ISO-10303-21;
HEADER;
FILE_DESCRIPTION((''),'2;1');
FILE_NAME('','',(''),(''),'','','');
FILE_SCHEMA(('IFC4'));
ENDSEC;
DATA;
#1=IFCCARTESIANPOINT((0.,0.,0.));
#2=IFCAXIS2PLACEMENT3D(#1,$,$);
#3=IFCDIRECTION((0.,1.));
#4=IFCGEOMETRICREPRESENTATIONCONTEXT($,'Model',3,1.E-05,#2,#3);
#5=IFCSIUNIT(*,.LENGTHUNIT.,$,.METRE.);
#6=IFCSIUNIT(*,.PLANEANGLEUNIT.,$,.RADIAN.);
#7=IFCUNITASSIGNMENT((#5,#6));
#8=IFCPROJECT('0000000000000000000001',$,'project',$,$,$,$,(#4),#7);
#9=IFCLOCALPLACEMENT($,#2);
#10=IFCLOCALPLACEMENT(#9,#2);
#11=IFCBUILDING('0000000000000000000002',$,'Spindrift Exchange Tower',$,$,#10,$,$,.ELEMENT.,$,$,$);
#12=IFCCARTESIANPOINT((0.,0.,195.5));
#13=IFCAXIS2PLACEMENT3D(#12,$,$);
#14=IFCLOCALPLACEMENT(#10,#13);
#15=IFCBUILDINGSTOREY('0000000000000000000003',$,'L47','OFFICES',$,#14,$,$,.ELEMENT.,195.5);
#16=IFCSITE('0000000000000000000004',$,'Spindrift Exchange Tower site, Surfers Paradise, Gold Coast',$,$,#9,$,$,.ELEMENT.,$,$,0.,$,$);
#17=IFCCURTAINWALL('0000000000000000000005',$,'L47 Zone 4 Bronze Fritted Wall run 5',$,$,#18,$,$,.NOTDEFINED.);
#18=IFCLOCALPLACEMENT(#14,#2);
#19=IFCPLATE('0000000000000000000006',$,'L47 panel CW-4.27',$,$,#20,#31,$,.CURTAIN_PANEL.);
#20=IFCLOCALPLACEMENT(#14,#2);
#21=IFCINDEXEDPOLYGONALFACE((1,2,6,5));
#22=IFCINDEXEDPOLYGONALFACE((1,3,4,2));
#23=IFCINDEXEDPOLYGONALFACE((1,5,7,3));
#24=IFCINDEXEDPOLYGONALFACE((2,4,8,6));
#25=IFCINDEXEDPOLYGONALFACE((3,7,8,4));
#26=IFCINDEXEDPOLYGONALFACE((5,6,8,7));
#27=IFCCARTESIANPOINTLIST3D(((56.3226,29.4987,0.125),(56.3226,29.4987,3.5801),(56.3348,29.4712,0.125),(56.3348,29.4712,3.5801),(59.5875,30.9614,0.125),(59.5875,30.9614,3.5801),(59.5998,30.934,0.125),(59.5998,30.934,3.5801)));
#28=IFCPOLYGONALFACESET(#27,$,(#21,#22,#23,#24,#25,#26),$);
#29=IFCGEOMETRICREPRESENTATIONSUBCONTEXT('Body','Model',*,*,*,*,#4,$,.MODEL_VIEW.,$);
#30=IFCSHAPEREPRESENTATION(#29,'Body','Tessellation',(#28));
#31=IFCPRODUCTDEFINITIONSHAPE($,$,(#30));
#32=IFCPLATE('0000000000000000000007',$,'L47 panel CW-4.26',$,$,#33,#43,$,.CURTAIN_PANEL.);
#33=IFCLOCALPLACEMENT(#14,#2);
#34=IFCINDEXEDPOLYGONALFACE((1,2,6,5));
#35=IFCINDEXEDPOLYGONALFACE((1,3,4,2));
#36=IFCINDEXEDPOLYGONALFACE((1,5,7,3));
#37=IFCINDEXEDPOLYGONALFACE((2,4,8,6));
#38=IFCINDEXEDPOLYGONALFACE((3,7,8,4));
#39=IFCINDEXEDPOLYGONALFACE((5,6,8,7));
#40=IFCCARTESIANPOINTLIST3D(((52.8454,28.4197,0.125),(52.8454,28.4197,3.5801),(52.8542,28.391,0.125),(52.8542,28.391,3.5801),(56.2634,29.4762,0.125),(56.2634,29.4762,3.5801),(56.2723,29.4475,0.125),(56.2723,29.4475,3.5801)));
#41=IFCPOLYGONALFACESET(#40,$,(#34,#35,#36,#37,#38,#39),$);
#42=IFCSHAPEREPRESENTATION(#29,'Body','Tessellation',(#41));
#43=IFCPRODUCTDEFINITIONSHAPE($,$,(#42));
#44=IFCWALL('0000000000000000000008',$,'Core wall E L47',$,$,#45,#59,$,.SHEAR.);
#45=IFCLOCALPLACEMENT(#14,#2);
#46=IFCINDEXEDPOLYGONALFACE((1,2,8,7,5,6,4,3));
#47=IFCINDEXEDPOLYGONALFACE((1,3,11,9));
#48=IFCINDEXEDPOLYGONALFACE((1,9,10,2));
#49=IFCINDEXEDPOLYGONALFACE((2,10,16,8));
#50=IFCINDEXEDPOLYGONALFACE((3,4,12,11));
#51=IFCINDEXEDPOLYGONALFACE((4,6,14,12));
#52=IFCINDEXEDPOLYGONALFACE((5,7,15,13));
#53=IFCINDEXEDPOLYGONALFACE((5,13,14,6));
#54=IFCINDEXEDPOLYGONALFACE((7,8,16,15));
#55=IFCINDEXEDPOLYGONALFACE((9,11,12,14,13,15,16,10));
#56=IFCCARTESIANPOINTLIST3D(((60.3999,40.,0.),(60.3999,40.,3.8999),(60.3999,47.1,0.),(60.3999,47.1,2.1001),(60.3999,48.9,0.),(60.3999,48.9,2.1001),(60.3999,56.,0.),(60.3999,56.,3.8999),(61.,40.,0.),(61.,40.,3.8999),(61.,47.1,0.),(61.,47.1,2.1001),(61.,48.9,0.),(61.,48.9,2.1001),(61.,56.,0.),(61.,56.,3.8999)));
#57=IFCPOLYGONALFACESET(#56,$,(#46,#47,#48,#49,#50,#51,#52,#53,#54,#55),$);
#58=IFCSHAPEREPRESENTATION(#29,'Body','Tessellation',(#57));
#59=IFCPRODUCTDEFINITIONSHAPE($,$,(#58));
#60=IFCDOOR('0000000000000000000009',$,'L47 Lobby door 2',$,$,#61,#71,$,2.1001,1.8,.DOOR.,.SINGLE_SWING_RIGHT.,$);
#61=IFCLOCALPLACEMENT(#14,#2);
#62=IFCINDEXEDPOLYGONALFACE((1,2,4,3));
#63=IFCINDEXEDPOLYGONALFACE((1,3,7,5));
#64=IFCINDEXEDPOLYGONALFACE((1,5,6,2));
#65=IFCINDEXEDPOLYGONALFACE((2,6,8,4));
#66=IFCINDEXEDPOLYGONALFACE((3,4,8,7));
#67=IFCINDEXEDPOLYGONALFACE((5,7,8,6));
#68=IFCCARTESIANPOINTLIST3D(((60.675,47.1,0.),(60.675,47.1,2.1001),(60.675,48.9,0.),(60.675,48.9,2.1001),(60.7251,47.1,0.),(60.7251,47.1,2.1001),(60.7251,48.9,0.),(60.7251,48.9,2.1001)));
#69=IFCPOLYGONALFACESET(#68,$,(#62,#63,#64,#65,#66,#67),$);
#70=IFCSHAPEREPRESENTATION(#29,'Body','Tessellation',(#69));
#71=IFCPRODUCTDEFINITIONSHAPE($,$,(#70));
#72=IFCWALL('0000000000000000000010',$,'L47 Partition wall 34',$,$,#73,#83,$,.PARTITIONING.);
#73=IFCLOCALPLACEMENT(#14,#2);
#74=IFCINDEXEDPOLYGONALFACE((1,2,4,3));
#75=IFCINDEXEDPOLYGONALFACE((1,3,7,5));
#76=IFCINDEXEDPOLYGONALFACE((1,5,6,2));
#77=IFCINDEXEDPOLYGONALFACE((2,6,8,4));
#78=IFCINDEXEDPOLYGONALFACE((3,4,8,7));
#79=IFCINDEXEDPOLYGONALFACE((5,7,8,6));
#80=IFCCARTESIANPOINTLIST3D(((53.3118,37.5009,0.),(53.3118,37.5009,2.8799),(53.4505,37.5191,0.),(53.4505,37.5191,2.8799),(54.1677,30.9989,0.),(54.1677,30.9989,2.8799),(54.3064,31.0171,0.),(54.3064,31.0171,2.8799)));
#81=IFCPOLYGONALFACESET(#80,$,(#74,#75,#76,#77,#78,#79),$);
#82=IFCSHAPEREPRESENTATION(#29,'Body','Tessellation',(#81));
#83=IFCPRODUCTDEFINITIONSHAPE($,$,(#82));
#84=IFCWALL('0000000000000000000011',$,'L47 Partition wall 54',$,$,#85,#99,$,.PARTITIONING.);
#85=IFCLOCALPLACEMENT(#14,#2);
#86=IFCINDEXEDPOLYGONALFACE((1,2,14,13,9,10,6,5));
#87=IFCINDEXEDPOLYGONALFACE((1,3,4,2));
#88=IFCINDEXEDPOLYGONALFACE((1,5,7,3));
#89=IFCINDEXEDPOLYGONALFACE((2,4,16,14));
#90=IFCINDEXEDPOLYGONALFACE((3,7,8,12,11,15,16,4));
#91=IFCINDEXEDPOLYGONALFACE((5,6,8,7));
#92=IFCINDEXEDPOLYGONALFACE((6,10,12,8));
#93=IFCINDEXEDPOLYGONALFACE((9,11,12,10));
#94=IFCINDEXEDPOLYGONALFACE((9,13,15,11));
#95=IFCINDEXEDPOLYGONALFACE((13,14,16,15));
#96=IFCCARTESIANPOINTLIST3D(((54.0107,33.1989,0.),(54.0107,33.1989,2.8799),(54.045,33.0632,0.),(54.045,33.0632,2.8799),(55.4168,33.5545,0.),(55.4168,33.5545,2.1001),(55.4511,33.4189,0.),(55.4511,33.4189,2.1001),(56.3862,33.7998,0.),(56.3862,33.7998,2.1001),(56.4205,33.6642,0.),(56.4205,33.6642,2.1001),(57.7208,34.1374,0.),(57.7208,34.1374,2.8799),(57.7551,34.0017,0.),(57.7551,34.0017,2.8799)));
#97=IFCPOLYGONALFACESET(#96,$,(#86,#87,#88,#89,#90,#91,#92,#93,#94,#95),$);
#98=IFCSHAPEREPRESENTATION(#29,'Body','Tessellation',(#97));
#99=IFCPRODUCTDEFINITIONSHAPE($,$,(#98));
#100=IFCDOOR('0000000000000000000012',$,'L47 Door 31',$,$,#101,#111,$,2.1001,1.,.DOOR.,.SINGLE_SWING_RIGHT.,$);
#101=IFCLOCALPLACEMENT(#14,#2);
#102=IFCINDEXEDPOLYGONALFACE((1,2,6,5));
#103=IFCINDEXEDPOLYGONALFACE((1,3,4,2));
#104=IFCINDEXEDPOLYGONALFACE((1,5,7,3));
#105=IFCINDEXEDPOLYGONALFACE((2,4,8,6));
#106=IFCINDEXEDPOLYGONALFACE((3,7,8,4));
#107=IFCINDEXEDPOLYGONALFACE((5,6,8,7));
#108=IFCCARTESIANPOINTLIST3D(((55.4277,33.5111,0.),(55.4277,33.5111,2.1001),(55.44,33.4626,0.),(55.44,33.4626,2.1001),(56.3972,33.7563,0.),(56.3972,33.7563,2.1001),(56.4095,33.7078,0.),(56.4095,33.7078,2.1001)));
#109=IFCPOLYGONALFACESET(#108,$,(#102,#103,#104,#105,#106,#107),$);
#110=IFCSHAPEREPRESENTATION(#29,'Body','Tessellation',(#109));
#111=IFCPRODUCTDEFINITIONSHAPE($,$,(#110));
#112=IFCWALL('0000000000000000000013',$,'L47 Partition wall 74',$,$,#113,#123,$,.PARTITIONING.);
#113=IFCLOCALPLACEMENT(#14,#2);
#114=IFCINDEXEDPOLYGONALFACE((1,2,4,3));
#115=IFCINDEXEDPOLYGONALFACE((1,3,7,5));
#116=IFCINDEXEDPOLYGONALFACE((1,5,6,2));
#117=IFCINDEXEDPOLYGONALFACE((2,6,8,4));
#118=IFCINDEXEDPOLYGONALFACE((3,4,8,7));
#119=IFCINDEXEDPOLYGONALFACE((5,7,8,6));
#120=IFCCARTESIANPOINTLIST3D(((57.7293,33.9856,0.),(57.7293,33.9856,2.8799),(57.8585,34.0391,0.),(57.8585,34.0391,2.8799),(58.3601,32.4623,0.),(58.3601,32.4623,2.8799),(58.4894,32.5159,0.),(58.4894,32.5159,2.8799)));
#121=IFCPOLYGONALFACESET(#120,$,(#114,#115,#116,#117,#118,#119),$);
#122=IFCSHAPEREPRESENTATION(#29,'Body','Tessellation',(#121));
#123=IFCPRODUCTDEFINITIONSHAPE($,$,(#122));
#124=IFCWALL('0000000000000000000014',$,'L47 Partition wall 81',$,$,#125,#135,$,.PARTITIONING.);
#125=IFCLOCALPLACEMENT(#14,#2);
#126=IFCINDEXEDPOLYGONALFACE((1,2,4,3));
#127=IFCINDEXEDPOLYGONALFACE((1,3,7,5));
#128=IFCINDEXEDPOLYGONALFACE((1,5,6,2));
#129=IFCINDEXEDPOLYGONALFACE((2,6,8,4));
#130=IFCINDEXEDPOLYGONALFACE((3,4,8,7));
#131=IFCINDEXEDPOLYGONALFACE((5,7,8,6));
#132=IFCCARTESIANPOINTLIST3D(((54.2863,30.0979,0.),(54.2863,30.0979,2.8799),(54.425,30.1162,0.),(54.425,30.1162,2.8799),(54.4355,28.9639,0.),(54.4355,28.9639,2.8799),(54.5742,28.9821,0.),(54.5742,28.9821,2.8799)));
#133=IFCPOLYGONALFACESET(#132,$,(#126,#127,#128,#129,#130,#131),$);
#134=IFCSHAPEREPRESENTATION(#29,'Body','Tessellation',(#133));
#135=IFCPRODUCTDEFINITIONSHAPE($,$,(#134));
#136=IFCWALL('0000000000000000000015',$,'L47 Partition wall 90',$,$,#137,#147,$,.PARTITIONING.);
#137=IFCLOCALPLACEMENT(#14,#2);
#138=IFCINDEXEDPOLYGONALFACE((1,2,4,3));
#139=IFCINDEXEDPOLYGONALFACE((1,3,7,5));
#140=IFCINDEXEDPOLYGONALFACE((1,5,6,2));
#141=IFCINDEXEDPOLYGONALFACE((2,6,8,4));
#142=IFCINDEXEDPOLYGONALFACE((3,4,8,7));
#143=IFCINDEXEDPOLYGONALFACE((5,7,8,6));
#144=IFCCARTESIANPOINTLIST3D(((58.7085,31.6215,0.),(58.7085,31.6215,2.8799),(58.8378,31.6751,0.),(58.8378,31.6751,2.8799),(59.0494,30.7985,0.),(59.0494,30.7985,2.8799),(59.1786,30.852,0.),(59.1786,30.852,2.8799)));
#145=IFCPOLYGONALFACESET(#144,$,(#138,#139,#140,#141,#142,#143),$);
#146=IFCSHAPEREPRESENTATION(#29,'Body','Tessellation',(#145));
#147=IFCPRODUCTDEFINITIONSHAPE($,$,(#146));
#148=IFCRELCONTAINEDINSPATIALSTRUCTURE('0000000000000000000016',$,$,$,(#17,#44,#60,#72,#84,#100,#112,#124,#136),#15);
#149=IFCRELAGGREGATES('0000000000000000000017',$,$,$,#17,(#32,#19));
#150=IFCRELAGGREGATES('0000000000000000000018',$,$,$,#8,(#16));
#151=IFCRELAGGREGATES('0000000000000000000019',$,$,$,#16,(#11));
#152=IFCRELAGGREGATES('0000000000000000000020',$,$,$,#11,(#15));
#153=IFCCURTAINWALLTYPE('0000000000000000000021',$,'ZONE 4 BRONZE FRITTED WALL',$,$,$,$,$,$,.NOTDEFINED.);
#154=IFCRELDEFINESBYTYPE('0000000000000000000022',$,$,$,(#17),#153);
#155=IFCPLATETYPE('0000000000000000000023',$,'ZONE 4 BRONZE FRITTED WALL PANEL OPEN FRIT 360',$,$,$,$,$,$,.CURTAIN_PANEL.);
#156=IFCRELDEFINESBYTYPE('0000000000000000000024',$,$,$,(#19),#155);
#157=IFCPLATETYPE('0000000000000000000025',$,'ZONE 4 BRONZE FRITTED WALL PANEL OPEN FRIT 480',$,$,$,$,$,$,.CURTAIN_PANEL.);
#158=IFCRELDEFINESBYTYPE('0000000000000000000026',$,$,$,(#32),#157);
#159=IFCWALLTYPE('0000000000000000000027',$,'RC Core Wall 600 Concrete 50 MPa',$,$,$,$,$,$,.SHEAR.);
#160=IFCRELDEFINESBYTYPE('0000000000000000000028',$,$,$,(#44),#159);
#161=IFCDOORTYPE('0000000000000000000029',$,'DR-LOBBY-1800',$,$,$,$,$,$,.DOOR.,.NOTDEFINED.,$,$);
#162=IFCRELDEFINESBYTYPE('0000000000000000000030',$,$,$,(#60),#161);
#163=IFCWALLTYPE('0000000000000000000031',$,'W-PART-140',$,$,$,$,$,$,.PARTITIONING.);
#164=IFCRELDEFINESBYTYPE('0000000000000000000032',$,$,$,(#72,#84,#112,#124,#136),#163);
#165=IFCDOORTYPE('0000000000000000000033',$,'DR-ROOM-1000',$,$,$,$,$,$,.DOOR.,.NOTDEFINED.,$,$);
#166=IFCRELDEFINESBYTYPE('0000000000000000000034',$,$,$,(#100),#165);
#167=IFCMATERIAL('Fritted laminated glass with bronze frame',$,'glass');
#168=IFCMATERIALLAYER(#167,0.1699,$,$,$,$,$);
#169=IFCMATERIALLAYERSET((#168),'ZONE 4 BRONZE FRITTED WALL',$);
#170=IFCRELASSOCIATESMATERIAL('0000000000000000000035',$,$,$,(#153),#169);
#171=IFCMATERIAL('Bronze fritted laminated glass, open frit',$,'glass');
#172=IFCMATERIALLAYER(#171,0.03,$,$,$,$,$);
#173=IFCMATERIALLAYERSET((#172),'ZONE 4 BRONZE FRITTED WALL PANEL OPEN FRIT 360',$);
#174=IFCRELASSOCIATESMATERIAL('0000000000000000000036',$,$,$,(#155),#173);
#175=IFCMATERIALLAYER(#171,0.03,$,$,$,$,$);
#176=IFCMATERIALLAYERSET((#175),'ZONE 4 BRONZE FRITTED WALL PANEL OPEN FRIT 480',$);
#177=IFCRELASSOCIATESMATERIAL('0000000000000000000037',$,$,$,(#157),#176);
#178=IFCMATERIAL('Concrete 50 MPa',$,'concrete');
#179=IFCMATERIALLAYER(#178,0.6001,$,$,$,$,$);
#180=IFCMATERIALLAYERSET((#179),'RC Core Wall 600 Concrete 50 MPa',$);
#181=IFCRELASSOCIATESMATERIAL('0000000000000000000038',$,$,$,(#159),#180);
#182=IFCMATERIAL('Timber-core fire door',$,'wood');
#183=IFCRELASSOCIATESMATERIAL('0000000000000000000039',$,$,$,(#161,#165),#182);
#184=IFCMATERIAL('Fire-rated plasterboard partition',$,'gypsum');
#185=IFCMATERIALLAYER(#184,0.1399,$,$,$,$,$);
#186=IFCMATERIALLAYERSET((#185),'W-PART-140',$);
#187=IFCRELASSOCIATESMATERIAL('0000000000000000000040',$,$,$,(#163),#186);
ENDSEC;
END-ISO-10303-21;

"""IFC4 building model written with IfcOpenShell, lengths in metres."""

from ifc_helpers import new_model, si_unit, direction, frame, frame_2d, origin, origin_2d, place, context, subcontext, project, spatial, rectangle, extrude, source, transform, mapped, material, layer, layer_set, type_object, element, fill, aggregate, save


model = new_model("IFC4")

# Units and contexts
model_context = context("Model", 3, precision=1e-05, world=origin(), true_north=direction((0.0, 1.0)))
body_context = subcontext(model_context, "Body", "Model", "MODEL_VIEW")
ifc_project = project(units=[si_unit("LENGTHUNIT", "METRE"), si_unit("PLANEANGLEUNIT", "RADIAN")], contexts=[model_context])

# Site, building, storey
site_placement = place(None, origin())
site = spatial("IfcSite", under=ifc_project, at=site_placement, Name="Spindrift Exchange Tower site, Surfers Paradise, Gold Coast", CompositionType="ELEMENT", RefElevation=0.0)
building_placement = place(site_placement, origin())
building = spatial("IfcBuilding", under=site, at=building_placement, Name="Spindrift Exchange Tower", CompositionType="ELEMENT")
storey_placement = place(building_placement, frame((0.0, 0.0, 195.5)))
storey = spatial("IfcBuildingStorey", under=building, at=storey_placement, Name="L47", Description="OFFICES", CompositionType="ELEMENT", Elevation=195.5)

# Shared definitions
ifc_material_1 = material(Name="Concrete 50 MPa", Category="concrete")

# Curtain wall, plates
ifc_material_2 = material(Name="Fritted laminated glass with bronze frame", Category="glass")
ifc_layer_1 = layer(ifc_material_2, 0.1699)
ifc_layer_set_1 = layer_set([ifc_layer_1], Name="ZONE 4 BRONZE FRITTED WALL")
curtain_wall_type = type_object("IfcCurtainWallType", Name="ZONE 4 BRONZE FRITTED WALL", PredefinedType="NOTDEFINED", material=ifc_layer_set_1)
curtain_wall_placement = place(storey_placement, origin())
curtain_wall = element("IfcCurtainWall", 1, at=curtain_wall_placement, inside=storey, type_object=curtain_wall_type, Name="L47 Zone 4 Bronze Fritted Wall run 5", PredefinedType="NOTDEFINED")
ifc_material_3 = material(Name="Bronze fritted laminated glass, open frit", Category="glass")
ifc_layer_2 = layer(ifc_material_3, 0.03)
ifc_layer_set_2 = layer_set([ifc_layer_2], Name="ZONE 4 BRONZE FRITTED WALL PANEL OPEN FRIT 360")
plate_type_1 = type_object("IfcPlateType", Name="ZONE 4 BRONZE FRITTED WALL PANEL OPEN FRIT 360", PredefinedType="CURTAIN_PANEL", material=ifc_layer_set_2)
shared_shape_1 = source(origin(), body_context, "Body", "SweptSolid", [
    extrude(rectangle(XDim=3.5776, YDim=0.03, at=origin_2d()), origin(), (0.0, 0.0, 1.0), 3.4551),
])
plate_1_placement = place(storey_placement, frame((57.9612, 30.2163, 0.125), z_axis=(0.0, 0.0, 1.0), x_axis=(0.912602, 0.40885, 0.0)))
plate_1 = element("IfcPlate", 2, at=plate_1_placement, type_object=plate_type_1, Name="L47 panel CW-4.27", PredefinedType="CURTAIN_PANEL", context=body_context, shape_type="MappedRepresentation", body=[
    mapped(shared_shape_1, transform((0.0, 0.0, 0.0), scale=1.0)),
])
ifc_layer_3 = layer(ifc_material_3, 0.03)
ifc_layer_set_3 = layer_set([ifc_layer_3], Name="ZONE 4 BRONZE FRITTED WALL PANEL OPEN FRIT 480")
plate_type_2 = type_object("IfcPlateType", Name="ZONE 4 BRONZE FRITTED WALL PANEL OPEN FRIT 480", PredefinedType="CURTAIN_PANEL", material=ifc_layer_set_3)
shared_shape_2 = source(origin(), body_context, "Body", "SweptSolid", [
    extrude(rectangle(XDim=3.5776, YDim=0.03, at=origin_2d()), origin(), (0.0, 0.0, 1.0), 3.4551),
])
plate_2_placement = place(storey_placement, frame((54.5588, 28.9336, 0.125), z_axis=(0.0, 0.0, 1.0), x_axis=(0.9554, 0.295315, 0.0)))
plate_2 = element("IfcPlate", 3, at=plate_2_placement, type_object=plate_type_2, Name="L47 panel CW-4.26", PredefinedType="CURTAIN_PANEL", context=body_context, shape_type="MappedRepresentation", body=[
    mapped(shared_shape_2, transform((0.0, 0.0, 0.0), scale=1.0)),
])
aggregate(curtain_wall, [plate_2, plate_1])

# Wall, opening, door
ifc_layer_4 = layer(ifc_material_1, 0.6001)
ifc_layer_set_4 = layer_set([ifc_layer_4], Name="RC Core Wall 600 Concrete 50 MPa")
wall_type_1 = type_object("IfcWallType", Name="RC Core Wall 600 Concrete 50 MPa", PredefinedType="SHEAR", material=ifc_layer_set_4)
wall_1_placement = place(storey_placement, frame((60.7, 40.0, 0.0), z_axis=(0.0, 0.0, 1.0), x_axis=(0.0, 1.0, 0.0)))
wall_1 = element("IfcWall", 4, at=wall_1_placement, inside=storey, type_object=wall_type_1, Name="Core wall E L47", PredefinedType="SHEAR", context=body_context, shape_type="SweptSolid", body=[
    extrude(rectangle(XDim=16.0, YDim=0.6001, at=frame_2d((8.0, 0.0))), origin(), (0.0, 0.0, 1.0), 3.8999),
])
opening_1_placement = place(wall_1_placement, frame((7.1001, 0.0, 0.0)))
opening_1 = element("IfcOpeningElement", 5, at=opening_1_placement, cuts=wall_1, PredefinedType="OPENING", context=body_context, shape_type="SweptSolid", body=[
    extrude(rectangle(XDim=1.8, YDim=2.1001, at=frame_2d((0.8999, 1.05))), frame((0.0, 0.3101, 0.0), z_axis=(0.0, -1.0, 0.0), x_axis=(1.0, 0.0, 0.0)), (0.0, 0.0, 1.0), 0.6201),
])
ifc_material_4 = material(Name="Timber-core fire door", Category="wood")
door_type_1 = type_object("IfcDoorType", Name="DR-LOBBY-1800", OperationType="NOTDEFINED", PredefinedType="DOOR", material=ifc_material_4)
shared_shape_3 = source(origin(), body_context, "Body", "SweptSolid", [
    extrude(rectangle(XDim=1.8, YDim=2.1001, at=frame_2d((0.8999, 1.05))), frame((0.0, 0.0249, 0.0), z_axis=(0.0, -1.0, 0.0), x_axis=(1.0, 0.0, 0.0)), (0.0, 0.0, 1.0), 0.05),
])
door_1_placement = place(opening_1_placement, origin())
door_1 = element("IfcDoor", 6, at=door_1_placement, inside=storey, type_object=door_type_1, Name="L47 Lobby door 2", OperationType="SINGLE_SWING_RIGHT", OverallHeight=2.1001, OverallWidth=1.8, PredefinedType="DOOR", context=body_context, shape_type="MappedRepresentation", body=[
    mapped(shared_shape_3, transform((0.0, 0.0, 0.0), scale=1.0)),
])
fill(opening_1, door_1)

# Wall
ifc_material_5 = material(Name="Fire-rated plasterboard partition", Category="gypsum")
ifc_layer_5 = layer(ifc_material_5, 0.1399)
ifc_layer_set_5 = layer_set([ifc_layer_5], Name="W-PART-140")
wall_type_2 = type_object("IfcWallType", Name="W-PART-140", PredefinedType="PARTITIONING", material=ifc_layer_set_5)
wall_2_placement = place(storey_placement, frame((53.3811, 37.51, 0.0), z_axis=(0.0, 0.0, 1.0), x_axis=(0.13052, -0.991446, 0.0)))
element("IfcWall", 7, at=wall_2_placement, inside=storey, type_object=wall_type_2, Name="L47 Partition wall 34", PredefinedType="PARTITIONING", context=body_context, shape_type="SweptSolid", body=[
    extrude(rectangle(XDim=6.5581, YDim=0.1399, at=frame_2d((3.2791, 0.0))), origin(), (0.0, 0.0, 1.0), 2.8799),
])

# Wall, opening, door
wall_3_placement = place(storey_placement, frame((57.738, 34.0696, 0.0), z_axis=(0.0, 0.0, 1.0), x_axis=(-0.969463, -0.245237, 0.0)))
wall_3 = element("IfcWall", 8, at=wall_3_placement, inside=storey, type_object=wall_type_2, Name="L47 Partition wall 54", PredefinedType="PARTITIONING", context=body_context, shape_type="SweptSolid", body=[
    extrude(rectangle(XDim=3.8269, YDim=0.1399, at=frame_2d((1.9136, 0.0))), origin(), (0.0, 0.0, 1.0), 2.8799),
])
opening_2_placement = place(wall_3_placement, frame((1.3767, 0.0, 0.0)))
opening_2 = element("IfcOpeningElement", 9, at=opening_2_placement, cuts=wall_3, PredefinedType="OPENING", context=body_context, shape_type="SweptSolid", body=[
    extrude(rectangle(XDim=1.0, YDim=2.1001, at=frame_2d((0.5, 1.05))), frame((0.0, 0.0798, 0.0), z_axis=(0.0, -1.0, 0.0), x_axis=(1.0, 0.0, 0.0)), (0.0, 0.0, 1.0), 0.1599),
])
door_type_2 = type_object("IfcDoorType", Name="DR-ROOM-1000", OperationType="NOTDEFINED", PredefinedType="DOOR", material=ifc_material_4)
shared_shape_4 = source(origin(), body_context, "Body", "SweptSolid", [
    extrude(rectangle(XDim=1.0, YDim=2.1001, at=frame_2d((0.5, 1.05))), frame((0.0, 0.0249, 0.0), z_axis=(0.0, -1.0, 0.0), x_axis=(1.0, 0.0, 0.0)), (0.0, 0.0, 1.0), 0.05),
])
door_2_placement = place(opening_2_placement, origin())
door_2 = element("IfcDoor", 10, at=door_2_placement, inside=storey, type_object=door_type_2, Name="L47 Door 31", OperationType="SINGLE_SWING_RIGHT", OverallHeight=2.1001, OverallWidth=1.0, PredefinedType="DOOR", context=body_context, shape_type="MappedRepresentation", body=[
    mapped(shared_shape_4, transform((0.0, 0.0, 0.0), scale=1.0)),
])
fill(opening_2, door_2)

# Walls
wall_4_placement = place(storey_placement, frame((57.7939, 34.0122, 0.0), z_axis=(0.0, 0.0, 1.0), x_axis=(0.382648, -0.923894, 0.0)))
element("IfcWall", 11, at=wall_4_placement, inside=storey, type_object=wall_type_2, Name="L47 Partition wall 74", PredefinedType="PARTITIONING", context=body_context, shape_type="SweptSolid", body=[
    extrude(rectangle(XDim=1.6487, YDim=0.1399, at=frame_2d((0.8242, 0.0))), origin(), (0.0, 0.0, 1.0), 2.8799),
])
wall_5_placement = place(storey_placement, frame((54.3557, 30.1069, 0.0), z_axis=(0.0, 0.0, 1.0), x_axis=(0.130416, -0.991459, 0.0)))
element("IfcWall", 12, at=wall_5_placement, inside=storey, type_object=wall_type_2, Name="L47 Partition wall 81", PredefinedType="PARTITIONING", context=body_context, shape_type="SweptSolid", body=[
    extrude(rectangle(XDim=1.1438, YDim=0.1399, at=frame_2d((0.5718, 0.0))), origin(), (0.0, 0.0, 1.0), 2.8799),
])
wall_6_placement = place(storey_placement, frame((58.7732, 31.6482, 0.0), z_axis=(0.0, 0.0, 1.0), x_axis=(0.38261, -0.92391, 0.0)))
element("IfcWall", 13, at=wall_6_placement, inside=storey, type_object=wall_type_2, Name="L47 Partition wall 90", PredefinedType="PARTITIONING", context=body_context, shape_type="SweptSolid", body=[
    extrude(rectangle(XDim=0.8909, YDim=0.1399, at=frame_2d((0.4453, 0.0))), origin(), (0.0, 0.0, 1.0), 2.8799),
])

save(model, "model.ifc")
